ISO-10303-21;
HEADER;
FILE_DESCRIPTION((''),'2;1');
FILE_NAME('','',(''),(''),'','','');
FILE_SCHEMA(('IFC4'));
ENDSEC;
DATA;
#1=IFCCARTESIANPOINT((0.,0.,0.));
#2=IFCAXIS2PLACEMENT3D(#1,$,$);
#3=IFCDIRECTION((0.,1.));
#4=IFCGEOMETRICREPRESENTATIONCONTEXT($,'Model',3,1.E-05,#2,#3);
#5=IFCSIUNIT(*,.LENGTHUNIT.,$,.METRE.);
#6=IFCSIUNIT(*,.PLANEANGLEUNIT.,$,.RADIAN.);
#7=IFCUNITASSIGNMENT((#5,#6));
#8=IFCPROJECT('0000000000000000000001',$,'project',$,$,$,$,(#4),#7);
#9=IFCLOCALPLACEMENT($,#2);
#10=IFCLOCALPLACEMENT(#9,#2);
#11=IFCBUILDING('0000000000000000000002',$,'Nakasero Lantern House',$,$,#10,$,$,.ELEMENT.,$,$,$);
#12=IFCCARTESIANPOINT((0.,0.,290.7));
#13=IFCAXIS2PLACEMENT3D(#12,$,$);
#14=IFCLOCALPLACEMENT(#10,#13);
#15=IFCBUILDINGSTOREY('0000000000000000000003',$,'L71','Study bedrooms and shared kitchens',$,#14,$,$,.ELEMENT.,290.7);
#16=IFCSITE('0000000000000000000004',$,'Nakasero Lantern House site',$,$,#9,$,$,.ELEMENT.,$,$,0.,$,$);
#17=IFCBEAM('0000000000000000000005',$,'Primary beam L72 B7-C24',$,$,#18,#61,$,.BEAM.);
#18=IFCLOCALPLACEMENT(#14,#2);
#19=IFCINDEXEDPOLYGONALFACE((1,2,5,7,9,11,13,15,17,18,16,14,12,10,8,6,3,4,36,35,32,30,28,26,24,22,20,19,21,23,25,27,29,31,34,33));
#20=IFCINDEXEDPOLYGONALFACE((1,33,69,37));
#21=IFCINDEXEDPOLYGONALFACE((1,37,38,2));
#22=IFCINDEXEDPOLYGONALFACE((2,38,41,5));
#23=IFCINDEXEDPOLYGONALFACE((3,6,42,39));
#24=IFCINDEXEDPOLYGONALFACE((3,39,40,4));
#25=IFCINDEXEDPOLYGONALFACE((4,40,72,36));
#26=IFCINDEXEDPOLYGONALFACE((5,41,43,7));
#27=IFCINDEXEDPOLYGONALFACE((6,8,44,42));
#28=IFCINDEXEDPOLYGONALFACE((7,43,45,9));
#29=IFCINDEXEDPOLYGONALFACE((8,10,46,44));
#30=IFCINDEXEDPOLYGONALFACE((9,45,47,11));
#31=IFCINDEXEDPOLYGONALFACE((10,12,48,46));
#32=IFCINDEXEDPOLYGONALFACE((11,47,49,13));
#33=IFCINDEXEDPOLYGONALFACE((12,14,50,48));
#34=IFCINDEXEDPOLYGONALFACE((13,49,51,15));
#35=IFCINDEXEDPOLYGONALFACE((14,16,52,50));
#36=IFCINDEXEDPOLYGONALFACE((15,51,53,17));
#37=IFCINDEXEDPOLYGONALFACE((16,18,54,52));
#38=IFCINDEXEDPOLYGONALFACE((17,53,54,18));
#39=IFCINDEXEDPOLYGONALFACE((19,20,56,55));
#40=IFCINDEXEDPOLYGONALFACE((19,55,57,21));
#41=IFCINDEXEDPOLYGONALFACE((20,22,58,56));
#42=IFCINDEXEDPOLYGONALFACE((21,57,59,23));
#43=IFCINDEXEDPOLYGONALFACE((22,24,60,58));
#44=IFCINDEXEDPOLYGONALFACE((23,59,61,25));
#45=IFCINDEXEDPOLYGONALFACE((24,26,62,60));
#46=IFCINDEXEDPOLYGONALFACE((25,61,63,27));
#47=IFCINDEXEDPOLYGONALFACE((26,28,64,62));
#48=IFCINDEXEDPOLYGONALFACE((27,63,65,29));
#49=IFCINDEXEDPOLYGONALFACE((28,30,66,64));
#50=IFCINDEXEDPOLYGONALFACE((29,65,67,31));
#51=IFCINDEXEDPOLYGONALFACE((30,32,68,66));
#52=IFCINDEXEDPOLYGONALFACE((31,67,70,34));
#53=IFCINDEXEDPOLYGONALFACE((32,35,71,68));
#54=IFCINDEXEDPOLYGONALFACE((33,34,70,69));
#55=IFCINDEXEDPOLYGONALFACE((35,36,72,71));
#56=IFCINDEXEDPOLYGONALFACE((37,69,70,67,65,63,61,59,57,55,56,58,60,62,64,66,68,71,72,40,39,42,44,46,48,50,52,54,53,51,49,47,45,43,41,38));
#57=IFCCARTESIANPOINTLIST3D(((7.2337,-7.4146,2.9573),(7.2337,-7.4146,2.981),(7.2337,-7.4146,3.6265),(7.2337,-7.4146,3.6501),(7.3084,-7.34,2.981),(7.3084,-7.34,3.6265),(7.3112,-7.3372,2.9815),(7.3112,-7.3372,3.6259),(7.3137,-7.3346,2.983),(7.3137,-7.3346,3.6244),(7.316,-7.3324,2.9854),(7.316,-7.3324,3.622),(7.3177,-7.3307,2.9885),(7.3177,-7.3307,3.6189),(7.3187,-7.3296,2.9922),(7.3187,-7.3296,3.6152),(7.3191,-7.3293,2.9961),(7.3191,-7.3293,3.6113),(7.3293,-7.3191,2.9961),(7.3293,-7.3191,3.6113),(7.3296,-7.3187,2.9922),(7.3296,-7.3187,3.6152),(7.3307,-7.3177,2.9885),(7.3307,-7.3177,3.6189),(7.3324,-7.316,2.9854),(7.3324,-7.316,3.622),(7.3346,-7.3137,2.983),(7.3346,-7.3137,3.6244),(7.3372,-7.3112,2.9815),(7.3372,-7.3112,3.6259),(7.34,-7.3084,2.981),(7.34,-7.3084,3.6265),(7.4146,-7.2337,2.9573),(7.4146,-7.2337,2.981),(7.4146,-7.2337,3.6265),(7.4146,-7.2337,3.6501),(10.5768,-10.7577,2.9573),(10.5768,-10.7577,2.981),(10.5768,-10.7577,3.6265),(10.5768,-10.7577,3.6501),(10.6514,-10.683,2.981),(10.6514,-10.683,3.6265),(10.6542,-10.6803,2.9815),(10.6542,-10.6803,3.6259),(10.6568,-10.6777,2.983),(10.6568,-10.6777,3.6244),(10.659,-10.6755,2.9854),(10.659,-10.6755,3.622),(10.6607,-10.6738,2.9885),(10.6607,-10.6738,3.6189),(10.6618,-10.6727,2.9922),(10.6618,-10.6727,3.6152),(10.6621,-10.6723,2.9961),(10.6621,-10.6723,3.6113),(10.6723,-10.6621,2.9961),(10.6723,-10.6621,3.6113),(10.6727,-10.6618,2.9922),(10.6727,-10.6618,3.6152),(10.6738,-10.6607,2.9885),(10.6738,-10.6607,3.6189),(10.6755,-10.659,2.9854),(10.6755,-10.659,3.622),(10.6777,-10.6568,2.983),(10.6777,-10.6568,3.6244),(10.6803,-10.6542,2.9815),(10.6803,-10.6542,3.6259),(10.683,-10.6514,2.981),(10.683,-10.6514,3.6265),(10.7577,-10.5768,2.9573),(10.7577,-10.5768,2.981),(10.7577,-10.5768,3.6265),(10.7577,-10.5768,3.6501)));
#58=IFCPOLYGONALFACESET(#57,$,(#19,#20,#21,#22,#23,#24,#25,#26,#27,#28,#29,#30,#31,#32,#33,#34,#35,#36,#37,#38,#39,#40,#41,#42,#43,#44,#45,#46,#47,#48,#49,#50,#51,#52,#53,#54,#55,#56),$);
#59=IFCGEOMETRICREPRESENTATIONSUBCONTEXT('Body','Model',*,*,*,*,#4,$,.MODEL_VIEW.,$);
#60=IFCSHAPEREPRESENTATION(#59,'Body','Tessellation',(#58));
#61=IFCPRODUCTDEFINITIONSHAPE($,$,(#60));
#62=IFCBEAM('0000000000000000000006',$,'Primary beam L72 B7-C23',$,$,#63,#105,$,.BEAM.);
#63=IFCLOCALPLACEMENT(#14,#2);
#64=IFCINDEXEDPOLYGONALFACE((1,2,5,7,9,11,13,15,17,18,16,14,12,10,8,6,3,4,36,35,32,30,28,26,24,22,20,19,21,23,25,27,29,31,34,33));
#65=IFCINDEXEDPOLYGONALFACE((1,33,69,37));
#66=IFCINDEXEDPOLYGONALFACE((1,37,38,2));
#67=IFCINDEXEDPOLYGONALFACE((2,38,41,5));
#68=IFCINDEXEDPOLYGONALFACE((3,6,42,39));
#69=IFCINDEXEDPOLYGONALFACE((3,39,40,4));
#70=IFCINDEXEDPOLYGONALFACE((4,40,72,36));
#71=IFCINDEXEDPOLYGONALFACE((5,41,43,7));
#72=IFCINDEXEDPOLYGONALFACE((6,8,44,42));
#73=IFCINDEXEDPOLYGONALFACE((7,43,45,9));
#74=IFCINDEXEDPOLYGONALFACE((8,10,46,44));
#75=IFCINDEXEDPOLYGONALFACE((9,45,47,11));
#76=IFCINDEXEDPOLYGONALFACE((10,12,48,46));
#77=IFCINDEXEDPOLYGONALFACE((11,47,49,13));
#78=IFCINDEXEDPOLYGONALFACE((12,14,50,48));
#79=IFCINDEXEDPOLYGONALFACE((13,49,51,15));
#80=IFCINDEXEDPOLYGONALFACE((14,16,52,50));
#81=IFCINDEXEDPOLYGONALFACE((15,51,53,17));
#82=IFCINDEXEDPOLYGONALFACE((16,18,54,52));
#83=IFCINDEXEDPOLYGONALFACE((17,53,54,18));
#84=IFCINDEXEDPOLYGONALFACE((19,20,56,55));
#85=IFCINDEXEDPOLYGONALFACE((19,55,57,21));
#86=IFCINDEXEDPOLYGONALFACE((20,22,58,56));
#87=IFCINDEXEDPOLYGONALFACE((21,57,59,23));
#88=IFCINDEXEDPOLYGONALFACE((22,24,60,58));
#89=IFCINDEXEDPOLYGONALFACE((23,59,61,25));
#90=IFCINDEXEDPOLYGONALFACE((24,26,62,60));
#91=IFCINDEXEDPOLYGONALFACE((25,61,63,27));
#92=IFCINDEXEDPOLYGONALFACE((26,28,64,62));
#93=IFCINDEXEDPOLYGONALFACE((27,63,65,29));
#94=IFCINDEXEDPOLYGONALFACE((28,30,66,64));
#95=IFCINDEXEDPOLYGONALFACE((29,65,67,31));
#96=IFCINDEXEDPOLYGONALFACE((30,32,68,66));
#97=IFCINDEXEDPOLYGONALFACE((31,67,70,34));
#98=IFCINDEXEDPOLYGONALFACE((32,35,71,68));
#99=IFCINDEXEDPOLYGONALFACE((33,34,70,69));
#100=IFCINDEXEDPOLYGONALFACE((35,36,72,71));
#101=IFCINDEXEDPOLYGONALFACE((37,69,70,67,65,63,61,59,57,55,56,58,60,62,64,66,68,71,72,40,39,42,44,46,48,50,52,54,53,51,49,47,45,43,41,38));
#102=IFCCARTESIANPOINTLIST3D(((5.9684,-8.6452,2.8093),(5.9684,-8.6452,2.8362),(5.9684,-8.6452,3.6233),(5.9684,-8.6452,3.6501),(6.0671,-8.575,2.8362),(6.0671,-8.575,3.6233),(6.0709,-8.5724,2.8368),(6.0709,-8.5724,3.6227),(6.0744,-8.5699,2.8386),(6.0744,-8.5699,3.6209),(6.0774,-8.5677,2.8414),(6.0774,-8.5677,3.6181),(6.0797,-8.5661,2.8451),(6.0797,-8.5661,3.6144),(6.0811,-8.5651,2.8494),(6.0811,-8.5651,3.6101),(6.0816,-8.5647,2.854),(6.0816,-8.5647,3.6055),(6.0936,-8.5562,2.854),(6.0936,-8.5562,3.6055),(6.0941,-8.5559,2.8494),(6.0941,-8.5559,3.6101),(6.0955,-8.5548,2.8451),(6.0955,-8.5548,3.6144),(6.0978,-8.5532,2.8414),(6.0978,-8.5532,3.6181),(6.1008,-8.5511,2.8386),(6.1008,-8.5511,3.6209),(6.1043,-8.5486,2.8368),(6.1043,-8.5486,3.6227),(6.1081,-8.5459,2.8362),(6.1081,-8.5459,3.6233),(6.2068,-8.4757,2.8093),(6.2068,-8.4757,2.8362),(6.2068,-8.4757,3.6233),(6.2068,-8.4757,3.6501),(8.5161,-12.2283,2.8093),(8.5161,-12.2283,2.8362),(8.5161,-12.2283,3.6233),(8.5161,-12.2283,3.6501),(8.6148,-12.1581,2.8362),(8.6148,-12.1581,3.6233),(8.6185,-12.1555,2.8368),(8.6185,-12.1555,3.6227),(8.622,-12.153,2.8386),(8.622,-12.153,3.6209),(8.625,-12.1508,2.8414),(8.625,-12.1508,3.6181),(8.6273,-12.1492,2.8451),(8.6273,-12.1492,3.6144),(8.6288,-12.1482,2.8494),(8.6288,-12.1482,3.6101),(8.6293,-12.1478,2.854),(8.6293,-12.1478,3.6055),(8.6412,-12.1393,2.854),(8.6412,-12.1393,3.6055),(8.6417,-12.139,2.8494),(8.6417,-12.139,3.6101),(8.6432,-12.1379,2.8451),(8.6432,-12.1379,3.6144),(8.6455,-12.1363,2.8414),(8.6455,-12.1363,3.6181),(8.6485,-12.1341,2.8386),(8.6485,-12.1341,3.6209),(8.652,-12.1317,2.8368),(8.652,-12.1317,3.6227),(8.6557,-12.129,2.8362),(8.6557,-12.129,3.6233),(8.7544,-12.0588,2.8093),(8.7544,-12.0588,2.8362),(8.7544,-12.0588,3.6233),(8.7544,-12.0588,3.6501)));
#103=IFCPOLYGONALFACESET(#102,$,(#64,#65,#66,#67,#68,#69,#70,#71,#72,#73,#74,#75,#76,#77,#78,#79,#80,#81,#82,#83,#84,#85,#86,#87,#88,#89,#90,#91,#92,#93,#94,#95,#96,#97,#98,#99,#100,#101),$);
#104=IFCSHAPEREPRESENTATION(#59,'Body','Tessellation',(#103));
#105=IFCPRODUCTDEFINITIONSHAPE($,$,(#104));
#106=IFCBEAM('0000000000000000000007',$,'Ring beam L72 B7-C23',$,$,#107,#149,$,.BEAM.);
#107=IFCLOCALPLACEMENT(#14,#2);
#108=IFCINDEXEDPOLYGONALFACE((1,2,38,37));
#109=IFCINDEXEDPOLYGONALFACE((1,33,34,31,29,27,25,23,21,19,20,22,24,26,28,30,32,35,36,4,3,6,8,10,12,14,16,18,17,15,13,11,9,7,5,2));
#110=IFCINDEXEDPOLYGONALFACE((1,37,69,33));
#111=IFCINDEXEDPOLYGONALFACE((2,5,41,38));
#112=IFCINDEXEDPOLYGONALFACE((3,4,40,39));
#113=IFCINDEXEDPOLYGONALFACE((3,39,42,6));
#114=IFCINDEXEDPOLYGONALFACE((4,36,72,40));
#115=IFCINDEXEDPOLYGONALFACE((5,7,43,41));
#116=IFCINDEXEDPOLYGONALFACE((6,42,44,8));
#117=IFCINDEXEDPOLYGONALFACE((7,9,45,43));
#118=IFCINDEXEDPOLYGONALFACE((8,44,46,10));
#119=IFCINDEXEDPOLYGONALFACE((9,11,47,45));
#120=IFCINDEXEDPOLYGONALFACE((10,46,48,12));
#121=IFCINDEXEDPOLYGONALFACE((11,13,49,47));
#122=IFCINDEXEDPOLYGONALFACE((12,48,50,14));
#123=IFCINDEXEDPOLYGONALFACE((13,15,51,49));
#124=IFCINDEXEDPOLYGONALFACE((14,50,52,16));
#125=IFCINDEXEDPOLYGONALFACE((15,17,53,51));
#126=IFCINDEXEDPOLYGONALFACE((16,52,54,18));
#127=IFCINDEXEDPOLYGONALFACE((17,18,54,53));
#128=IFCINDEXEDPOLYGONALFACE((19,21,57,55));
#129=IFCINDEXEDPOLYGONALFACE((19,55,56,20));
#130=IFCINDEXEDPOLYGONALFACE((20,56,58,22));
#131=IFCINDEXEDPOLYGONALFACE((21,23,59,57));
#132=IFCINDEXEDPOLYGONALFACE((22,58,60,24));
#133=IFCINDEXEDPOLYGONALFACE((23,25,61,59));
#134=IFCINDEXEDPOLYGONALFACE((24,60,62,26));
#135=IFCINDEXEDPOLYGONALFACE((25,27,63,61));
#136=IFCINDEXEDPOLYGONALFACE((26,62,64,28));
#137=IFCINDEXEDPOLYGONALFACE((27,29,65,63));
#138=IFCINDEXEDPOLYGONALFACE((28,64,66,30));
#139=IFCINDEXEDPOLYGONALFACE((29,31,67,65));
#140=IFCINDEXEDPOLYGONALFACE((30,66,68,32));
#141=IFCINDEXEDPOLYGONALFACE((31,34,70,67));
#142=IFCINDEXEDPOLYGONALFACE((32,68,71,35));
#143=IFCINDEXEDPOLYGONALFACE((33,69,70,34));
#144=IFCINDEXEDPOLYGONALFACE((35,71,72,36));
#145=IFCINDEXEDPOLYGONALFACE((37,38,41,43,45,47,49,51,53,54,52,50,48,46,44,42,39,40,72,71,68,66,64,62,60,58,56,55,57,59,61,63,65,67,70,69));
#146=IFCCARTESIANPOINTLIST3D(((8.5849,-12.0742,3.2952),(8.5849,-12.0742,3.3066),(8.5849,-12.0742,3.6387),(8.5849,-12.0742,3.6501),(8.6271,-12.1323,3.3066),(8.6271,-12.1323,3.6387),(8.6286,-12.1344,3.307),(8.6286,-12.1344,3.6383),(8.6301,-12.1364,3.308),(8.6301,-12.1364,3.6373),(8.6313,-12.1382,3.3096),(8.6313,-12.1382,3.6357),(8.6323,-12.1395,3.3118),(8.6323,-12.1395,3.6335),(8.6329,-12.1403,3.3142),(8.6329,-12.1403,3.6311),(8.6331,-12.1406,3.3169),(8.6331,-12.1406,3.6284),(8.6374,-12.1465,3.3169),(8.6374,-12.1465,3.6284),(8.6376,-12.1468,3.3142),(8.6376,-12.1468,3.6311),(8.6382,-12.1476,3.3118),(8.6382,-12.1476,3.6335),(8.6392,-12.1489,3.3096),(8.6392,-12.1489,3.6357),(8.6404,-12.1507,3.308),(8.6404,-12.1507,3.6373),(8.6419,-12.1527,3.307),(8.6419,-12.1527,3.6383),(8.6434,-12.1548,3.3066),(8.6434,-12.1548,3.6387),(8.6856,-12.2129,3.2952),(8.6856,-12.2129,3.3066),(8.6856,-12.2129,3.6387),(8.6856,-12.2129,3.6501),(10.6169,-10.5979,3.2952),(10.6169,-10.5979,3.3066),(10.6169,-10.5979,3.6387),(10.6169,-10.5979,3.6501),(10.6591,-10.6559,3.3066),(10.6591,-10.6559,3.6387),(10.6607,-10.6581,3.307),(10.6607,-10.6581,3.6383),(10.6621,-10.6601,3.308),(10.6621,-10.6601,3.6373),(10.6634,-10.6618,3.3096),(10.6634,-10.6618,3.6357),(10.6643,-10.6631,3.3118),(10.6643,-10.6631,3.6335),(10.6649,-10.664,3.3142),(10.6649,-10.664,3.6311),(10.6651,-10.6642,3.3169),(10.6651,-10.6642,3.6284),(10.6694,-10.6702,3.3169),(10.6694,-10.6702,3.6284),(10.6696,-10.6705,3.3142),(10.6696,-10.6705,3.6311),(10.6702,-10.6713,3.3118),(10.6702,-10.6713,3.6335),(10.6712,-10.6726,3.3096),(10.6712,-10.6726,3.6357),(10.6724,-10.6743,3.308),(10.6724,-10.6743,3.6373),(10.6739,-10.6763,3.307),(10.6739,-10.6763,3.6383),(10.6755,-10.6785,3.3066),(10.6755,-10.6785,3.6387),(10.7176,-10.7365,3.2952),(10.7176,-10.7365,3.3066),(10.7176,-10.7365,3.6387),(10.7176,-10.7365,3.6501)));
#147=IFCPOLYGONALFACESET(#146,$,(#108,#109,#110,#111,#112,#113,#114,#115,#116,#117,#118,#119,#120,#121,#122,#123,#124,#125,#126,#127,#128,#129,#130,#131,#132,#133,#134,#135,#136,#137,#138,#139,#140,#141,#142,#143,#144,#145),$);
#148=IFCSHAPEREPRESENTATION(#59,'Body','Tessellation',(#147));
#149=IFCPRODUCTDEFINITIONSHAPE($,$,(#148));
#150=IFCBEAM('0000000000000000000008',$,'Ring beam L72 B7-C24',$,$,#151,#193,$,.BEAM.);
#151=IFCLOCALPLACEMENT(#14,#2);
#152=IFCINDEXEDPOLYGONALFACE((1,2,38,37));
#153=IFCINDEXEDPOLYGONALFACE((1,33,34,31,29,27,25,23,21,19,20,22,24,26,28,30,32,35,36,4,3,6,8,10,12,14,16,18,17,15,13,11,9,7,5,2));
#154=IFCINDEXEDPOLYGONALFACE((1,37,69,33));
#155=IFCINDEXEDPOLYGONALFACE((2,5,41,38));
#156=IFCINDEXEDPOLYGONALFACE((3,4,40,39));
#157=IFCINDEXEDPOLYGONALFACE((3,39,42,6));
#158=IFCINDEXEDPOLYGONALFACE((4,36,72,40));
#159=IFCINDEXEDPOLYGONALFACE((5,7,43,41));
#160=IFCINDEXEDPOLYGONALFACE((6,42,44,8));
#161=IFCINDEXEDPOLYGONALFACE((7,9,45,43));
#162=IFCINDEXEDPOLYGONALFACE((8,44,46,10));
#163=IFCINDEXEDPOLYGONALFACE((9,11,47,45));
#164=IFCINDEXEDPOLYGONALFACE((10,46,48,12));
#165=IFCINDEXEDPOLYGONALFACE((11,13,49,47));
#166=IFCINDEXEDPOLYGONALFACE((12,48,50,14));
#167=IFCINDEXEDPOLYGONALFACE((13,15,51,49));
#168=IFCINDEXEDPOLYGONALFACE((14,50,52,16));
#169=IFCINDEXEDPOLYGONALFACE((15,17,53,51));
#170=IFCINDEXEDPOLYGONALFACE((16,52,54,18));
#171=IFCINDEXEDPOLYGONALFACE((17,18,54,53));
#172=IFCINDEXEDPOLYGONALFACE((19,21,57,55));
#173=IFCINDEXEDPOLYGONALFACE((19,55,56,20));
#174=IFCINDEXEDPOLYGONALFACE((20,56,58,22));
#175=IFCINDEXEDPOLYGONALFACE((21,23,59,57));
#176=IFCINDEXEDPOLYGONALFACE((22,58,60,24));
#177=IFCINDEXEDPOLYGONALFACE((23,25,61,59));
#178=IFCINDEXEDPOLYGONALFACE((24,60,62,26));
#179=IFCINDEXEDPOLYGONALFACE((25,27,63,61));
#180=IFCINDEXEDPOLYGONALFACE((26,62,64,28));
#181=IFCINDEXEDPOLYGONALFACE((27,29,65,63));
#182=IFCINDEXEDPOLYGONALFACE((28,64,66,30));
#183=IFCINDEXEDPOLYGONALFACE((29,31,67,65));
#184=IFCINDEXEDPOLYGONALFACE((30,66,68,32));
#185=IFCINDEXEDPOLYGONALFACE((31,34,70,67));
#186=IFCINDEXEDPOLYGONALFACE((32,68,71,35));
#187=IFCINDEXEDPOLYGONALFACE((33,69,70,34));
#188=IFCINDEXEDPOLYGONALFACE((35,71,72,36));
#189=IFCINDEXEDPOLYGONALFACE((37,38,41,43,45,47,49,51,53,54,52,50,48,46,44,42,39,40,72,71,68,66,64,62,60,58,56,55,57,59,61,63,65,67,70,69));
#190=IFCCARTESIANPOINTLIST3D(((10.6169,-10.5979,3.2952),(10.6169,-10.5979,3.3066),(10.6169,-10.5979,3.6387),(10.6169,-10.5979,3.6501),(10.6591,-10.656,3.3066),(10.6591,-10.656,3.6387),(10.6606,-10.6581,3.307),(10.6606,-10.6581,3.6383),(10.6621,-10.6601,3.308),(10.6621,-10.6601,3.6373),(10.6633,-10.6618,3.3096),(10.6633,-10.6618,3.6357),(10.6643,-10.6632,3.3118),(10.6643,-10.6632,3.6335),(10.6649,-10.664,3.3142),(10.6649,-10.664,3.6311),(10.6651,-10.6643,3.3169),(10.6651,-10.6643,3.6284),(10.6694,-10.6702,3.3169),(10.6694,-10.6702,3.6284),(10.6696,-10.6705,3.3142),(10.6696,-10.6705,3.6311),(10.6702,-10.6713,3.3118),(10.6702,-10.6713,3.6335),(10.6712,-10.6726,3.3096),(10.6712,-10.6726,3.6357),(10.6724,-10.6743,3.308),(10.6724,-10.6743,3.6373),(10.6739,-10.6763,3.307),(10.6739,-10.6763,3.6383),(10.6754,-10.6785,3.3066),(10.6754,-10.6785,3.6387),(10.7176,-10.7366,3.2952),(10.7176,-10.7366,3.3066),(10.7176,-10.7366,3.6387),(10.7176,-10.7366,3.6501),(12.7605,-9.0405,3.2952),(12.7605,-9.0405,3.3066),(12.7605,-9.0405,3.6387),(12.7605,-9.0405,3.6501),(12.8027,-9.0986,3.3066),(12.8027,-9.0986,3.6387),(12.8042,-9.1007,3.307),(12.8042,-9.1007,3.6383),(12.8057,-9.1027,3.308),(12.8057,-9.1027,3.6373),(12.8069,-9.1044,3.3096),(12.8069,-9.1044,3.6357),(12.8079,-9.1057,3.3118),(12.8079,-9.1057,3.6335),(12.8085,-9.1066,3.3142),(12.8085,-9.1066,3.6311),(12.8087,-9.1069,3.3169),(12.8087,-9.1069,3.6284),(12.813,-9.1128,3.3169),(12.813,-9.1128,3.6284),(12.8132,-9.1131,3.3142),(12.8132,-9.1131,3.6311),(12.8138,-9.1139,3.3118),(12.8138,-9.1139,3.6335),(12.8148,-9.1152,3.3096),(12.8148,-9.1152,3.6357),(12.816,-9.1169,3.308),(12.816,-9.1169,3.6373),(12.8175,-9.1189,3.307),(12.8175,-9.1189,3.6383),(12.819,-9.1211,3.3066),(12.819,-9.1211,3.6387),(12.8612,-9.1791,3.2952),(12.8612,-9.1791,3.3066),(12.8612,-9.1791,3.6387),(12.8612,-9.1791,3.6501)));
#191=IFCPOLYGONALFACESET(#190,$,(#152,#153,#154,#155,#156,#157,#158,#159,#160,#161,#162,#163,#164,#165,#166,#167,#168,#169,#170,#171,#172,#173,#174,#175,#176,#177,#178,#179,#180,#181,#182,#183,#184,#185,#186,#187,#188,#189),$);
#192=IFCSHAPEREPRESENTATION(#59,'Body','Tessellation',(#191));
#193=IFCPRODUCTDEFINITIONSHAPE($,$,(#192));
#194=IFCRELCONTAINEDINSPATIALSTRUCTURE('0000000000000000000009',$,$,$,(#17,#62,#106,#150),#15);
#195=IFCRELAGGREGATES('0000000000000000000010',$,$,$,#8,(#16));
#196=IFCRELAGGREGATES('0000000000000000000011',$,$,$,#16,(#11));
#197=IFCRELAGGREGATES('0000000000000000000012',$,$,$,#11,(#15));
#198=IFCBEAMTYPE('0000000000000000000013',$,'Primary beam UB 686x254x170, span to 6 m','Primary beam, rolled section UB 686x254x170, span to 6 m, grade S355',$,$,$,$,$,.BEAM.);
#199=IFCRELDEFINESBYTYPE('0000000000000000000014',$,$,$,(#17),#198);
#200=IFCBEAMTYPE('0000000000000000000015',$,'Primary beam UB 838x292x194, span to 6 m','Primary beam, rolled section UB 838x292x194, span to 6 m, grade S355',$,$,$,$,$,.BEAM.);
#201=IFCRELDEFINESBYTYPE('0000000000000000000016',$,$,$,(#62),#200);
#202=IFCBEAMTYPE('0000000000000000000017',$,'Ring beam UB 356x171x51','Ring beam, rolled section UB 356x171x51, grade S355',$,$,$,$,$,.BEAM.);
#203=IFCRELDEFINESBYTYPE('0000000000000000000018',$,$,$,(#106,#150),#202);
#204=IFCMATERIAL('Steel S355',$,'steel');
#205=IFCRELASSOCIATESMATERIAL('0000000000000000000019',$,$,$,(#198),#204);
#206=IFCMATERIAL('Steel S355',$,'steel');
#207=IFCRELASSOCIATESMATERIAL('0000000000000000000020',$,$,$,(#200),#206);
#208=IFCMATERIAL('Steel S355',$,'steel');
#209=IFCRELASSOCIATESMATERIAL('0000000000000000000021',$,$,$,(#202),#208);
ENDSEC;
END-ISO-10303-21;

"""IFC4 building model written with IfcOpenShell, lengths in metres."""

from ifc_helpers import new_model, si_unit, direction, frame, origin, origin_2d, place, context, subcontext, project, spatial, i_section, extrude, material, material_profile, profile_set, type_object, element, save


model = new_model("IFC4")

# Units and contexts
model_context = context("Model", 3, precision=1e-05, world=origin(), true_north=direction((0.0, 1.0)))
body_context = subcontext(model_context, "Body", "Model", "MODEL_VIEW")
ifc_project = project(units=[si_unit("LENGTHUNIT", "METRE"), si_unit("PLANEANGLEUNIT", "RADIAN")], contexts=[model_context])

# Site, building, storey
site_placement = place(None, origin())
site = spatial("IfcSite", under=ifc_project, at=site_placement, Name="Nakasero Lantern House site", CompositionType="ELEMENT", RefElevation=0.0)
building_placement = place(site_placement, origin())
building = spatial("IfcBuilding", under=site, at=building_placement, Name="Nakasero Lantern House", CompositionType="ELEMENT")
storey_placement = place(building_placement, frame((0.0, 0.0, 290.7)))
storey = spatial("IfcBuildingStorey", under=building, at=storey_placement, Name="L71", Description="Study bedrooms and shared kitchens", CompositionType="ELEMENT", Elevation=290.7)

# Beams
ifc_material_1 = material(Name="Steel S355", Category="steel")
ifc_material_profile_1 = material_profile(ifc_material_1, i_section(OverallWidth=0.2559, OverallDepth=0.6929, WebThickness=0.0144, FlangeThickness=0.0237, FilletRadius=0.0151, at=origin_2d()), Name="UB 686x254x170")
ifc_profile_set_1 = profile_set([ifc_material_profile_1], Name="Steel S355")
beam_type_1 = type_object("IfcBeamType", Name="Primary beam UB 686x254x170, span to 6 m", Description="Primary beam, rolled section UB 686x254x170, span to 6 m, grade S355", PredefinedType="BEAM", material=ifc_profile_set_1)
beam_1_placement = place(storey_placement, frame((10.6672, -10.6672, 3.3037), z_axis=(-0.707107, 0.707107, 0.0), x_axis=(-0.707107, -0.707107, 0.0)))
element("IfcBeam", 1, at=beam_1_placement, inside=storey, type_object=beam_type_1, Name="Primary beam L72 B7-C24", PredefinedType="BEAM", context=body_context, shape_type="SweptSolid", body=[
    extrude(i_section(OverallWidth=0.2559, OverallDepth=0.6929, WebThickness=0.0144, FlangeThickness=0.0237, FilletRadius=0.0151, at=origin_2d()), origin(), (0.0, 0.0, 1.0), 4.7278),
])
ifc_material_2 = material(Name="Steel S355", Category="steel")
ifc_material_profile_2 = material_profile(ifc_material_2, i_section(OverallWidth=0.2925, OverallDepth=0.8408, WebThickness=0.0146, FlangeThickness=0.0269, FilletRadius=0.0178, at=origin_2d()), Name="UB 838x292x194")
ifc_profile_set_2 = profile_set([ifc_material_profile_2], Name="Steel S355")
beam_type_2 = type_object("IfcBeamType", Name="Primary beam UB 838x292x194, span to 6 m", Description="Primary beam, rolled section UB 838x292x194, span to 6 m, grade S355", PredefinedType="BEAM", material=ifc_profile_set_2)
beam_2_placement = place(storey_placement, frame((8.6353, -12.1436, 3.2297), z_axis=(-0.579477, 0.814989, 0.0), x_axis=(-0.814989, -0.579477, 0.0)))
element("IfcBeam", 2, at=beam_2_placement, inside=storey, type_object=beam_type_2, Name="Primary beam L72 B7-C23", PredefinedType="BEAM", context=body_context, shape_type="SweptSolid", body=[
    extrude(i_section(OverallWidth=0.2925, OverallDepth=0.8408, WebThickness=0.0146, FlangeThickness=0.0269, FilletRadius=0.0178, at=origin_2d()), origin(), (0.0, 0.0, 1.0), 4.3965),
])
ifc_material_3 = material(Name="Steel S355", Category="steel")
ifc_material_profile_3 = material_profile(ifc_material_3, i_section(OverallWidth=0.1714, OverallDepth=0.355, WebThickness=0.0073, FlangeThickness=0.0115, FilletRadius=0.0103, at=origin_2d()), Name="UB 356x171x51")
ifc_profile_set_3 = profile_set([ifc_material_profile_3], Name="Steel S355")
beam_type_3 = type_object("IfcBeamType", Name="Ring beam UB 356x171x51", Description="Ring beam, rolled section UB 356x171x51, grade S355", PredefinedType="BEAM", material=ifc_profile_set_3)
beam_3_placement = place(storey_placement, frame((8.6353, -12.1436, 3.4727), z_axis=(0.809018, 0.587784, 0.0), x_axis=(-0.587784, 0.809018, 0.0)))
element("IfcBeam", 3, at=beam_3_placement, inside=storey, type_object=beam_type_3, Name="Ring beam L72 B7-C23", PredefinedType="BEAM", context=body_context, shape_type="SweptSolid", body=[
    extrude(i_section(OverallWidth=0.1714, OverallDepth=0.355, WebThickness=0.0073, FlangeThickness=0.0115, FilletRadius=0.0103, at=origin_2d()), origin(), (0.0, 0.0, 1.0), 2.5117),
])
beam_4_placement = place(storey_placement, frame((10.6672, -10.6672, 3.4727), z_axis=(0.809019, 0.587783, 0.0), x_axis=(-0.587783, 0.809019, 0.0)))
element("IfcBeam", 4, at=beam_4_placement, inside=storey, type_object=beam_type_3, Name="Ring beam L72 B7-C24", PredefinedType="BEAM", context=body_context, shape_type="SweptSolid", body=[
    extrude(i_section(OverallWidth=0.1714, OverallDepth=0.355, WebThickness=0.0073, FlangeThickness=0.0115, FilletRadius=0.0103, at=origin_2d()), origin(), (0.0, 0.0, 1.0), 2.6497),
])

save(model, "model.ifc")
